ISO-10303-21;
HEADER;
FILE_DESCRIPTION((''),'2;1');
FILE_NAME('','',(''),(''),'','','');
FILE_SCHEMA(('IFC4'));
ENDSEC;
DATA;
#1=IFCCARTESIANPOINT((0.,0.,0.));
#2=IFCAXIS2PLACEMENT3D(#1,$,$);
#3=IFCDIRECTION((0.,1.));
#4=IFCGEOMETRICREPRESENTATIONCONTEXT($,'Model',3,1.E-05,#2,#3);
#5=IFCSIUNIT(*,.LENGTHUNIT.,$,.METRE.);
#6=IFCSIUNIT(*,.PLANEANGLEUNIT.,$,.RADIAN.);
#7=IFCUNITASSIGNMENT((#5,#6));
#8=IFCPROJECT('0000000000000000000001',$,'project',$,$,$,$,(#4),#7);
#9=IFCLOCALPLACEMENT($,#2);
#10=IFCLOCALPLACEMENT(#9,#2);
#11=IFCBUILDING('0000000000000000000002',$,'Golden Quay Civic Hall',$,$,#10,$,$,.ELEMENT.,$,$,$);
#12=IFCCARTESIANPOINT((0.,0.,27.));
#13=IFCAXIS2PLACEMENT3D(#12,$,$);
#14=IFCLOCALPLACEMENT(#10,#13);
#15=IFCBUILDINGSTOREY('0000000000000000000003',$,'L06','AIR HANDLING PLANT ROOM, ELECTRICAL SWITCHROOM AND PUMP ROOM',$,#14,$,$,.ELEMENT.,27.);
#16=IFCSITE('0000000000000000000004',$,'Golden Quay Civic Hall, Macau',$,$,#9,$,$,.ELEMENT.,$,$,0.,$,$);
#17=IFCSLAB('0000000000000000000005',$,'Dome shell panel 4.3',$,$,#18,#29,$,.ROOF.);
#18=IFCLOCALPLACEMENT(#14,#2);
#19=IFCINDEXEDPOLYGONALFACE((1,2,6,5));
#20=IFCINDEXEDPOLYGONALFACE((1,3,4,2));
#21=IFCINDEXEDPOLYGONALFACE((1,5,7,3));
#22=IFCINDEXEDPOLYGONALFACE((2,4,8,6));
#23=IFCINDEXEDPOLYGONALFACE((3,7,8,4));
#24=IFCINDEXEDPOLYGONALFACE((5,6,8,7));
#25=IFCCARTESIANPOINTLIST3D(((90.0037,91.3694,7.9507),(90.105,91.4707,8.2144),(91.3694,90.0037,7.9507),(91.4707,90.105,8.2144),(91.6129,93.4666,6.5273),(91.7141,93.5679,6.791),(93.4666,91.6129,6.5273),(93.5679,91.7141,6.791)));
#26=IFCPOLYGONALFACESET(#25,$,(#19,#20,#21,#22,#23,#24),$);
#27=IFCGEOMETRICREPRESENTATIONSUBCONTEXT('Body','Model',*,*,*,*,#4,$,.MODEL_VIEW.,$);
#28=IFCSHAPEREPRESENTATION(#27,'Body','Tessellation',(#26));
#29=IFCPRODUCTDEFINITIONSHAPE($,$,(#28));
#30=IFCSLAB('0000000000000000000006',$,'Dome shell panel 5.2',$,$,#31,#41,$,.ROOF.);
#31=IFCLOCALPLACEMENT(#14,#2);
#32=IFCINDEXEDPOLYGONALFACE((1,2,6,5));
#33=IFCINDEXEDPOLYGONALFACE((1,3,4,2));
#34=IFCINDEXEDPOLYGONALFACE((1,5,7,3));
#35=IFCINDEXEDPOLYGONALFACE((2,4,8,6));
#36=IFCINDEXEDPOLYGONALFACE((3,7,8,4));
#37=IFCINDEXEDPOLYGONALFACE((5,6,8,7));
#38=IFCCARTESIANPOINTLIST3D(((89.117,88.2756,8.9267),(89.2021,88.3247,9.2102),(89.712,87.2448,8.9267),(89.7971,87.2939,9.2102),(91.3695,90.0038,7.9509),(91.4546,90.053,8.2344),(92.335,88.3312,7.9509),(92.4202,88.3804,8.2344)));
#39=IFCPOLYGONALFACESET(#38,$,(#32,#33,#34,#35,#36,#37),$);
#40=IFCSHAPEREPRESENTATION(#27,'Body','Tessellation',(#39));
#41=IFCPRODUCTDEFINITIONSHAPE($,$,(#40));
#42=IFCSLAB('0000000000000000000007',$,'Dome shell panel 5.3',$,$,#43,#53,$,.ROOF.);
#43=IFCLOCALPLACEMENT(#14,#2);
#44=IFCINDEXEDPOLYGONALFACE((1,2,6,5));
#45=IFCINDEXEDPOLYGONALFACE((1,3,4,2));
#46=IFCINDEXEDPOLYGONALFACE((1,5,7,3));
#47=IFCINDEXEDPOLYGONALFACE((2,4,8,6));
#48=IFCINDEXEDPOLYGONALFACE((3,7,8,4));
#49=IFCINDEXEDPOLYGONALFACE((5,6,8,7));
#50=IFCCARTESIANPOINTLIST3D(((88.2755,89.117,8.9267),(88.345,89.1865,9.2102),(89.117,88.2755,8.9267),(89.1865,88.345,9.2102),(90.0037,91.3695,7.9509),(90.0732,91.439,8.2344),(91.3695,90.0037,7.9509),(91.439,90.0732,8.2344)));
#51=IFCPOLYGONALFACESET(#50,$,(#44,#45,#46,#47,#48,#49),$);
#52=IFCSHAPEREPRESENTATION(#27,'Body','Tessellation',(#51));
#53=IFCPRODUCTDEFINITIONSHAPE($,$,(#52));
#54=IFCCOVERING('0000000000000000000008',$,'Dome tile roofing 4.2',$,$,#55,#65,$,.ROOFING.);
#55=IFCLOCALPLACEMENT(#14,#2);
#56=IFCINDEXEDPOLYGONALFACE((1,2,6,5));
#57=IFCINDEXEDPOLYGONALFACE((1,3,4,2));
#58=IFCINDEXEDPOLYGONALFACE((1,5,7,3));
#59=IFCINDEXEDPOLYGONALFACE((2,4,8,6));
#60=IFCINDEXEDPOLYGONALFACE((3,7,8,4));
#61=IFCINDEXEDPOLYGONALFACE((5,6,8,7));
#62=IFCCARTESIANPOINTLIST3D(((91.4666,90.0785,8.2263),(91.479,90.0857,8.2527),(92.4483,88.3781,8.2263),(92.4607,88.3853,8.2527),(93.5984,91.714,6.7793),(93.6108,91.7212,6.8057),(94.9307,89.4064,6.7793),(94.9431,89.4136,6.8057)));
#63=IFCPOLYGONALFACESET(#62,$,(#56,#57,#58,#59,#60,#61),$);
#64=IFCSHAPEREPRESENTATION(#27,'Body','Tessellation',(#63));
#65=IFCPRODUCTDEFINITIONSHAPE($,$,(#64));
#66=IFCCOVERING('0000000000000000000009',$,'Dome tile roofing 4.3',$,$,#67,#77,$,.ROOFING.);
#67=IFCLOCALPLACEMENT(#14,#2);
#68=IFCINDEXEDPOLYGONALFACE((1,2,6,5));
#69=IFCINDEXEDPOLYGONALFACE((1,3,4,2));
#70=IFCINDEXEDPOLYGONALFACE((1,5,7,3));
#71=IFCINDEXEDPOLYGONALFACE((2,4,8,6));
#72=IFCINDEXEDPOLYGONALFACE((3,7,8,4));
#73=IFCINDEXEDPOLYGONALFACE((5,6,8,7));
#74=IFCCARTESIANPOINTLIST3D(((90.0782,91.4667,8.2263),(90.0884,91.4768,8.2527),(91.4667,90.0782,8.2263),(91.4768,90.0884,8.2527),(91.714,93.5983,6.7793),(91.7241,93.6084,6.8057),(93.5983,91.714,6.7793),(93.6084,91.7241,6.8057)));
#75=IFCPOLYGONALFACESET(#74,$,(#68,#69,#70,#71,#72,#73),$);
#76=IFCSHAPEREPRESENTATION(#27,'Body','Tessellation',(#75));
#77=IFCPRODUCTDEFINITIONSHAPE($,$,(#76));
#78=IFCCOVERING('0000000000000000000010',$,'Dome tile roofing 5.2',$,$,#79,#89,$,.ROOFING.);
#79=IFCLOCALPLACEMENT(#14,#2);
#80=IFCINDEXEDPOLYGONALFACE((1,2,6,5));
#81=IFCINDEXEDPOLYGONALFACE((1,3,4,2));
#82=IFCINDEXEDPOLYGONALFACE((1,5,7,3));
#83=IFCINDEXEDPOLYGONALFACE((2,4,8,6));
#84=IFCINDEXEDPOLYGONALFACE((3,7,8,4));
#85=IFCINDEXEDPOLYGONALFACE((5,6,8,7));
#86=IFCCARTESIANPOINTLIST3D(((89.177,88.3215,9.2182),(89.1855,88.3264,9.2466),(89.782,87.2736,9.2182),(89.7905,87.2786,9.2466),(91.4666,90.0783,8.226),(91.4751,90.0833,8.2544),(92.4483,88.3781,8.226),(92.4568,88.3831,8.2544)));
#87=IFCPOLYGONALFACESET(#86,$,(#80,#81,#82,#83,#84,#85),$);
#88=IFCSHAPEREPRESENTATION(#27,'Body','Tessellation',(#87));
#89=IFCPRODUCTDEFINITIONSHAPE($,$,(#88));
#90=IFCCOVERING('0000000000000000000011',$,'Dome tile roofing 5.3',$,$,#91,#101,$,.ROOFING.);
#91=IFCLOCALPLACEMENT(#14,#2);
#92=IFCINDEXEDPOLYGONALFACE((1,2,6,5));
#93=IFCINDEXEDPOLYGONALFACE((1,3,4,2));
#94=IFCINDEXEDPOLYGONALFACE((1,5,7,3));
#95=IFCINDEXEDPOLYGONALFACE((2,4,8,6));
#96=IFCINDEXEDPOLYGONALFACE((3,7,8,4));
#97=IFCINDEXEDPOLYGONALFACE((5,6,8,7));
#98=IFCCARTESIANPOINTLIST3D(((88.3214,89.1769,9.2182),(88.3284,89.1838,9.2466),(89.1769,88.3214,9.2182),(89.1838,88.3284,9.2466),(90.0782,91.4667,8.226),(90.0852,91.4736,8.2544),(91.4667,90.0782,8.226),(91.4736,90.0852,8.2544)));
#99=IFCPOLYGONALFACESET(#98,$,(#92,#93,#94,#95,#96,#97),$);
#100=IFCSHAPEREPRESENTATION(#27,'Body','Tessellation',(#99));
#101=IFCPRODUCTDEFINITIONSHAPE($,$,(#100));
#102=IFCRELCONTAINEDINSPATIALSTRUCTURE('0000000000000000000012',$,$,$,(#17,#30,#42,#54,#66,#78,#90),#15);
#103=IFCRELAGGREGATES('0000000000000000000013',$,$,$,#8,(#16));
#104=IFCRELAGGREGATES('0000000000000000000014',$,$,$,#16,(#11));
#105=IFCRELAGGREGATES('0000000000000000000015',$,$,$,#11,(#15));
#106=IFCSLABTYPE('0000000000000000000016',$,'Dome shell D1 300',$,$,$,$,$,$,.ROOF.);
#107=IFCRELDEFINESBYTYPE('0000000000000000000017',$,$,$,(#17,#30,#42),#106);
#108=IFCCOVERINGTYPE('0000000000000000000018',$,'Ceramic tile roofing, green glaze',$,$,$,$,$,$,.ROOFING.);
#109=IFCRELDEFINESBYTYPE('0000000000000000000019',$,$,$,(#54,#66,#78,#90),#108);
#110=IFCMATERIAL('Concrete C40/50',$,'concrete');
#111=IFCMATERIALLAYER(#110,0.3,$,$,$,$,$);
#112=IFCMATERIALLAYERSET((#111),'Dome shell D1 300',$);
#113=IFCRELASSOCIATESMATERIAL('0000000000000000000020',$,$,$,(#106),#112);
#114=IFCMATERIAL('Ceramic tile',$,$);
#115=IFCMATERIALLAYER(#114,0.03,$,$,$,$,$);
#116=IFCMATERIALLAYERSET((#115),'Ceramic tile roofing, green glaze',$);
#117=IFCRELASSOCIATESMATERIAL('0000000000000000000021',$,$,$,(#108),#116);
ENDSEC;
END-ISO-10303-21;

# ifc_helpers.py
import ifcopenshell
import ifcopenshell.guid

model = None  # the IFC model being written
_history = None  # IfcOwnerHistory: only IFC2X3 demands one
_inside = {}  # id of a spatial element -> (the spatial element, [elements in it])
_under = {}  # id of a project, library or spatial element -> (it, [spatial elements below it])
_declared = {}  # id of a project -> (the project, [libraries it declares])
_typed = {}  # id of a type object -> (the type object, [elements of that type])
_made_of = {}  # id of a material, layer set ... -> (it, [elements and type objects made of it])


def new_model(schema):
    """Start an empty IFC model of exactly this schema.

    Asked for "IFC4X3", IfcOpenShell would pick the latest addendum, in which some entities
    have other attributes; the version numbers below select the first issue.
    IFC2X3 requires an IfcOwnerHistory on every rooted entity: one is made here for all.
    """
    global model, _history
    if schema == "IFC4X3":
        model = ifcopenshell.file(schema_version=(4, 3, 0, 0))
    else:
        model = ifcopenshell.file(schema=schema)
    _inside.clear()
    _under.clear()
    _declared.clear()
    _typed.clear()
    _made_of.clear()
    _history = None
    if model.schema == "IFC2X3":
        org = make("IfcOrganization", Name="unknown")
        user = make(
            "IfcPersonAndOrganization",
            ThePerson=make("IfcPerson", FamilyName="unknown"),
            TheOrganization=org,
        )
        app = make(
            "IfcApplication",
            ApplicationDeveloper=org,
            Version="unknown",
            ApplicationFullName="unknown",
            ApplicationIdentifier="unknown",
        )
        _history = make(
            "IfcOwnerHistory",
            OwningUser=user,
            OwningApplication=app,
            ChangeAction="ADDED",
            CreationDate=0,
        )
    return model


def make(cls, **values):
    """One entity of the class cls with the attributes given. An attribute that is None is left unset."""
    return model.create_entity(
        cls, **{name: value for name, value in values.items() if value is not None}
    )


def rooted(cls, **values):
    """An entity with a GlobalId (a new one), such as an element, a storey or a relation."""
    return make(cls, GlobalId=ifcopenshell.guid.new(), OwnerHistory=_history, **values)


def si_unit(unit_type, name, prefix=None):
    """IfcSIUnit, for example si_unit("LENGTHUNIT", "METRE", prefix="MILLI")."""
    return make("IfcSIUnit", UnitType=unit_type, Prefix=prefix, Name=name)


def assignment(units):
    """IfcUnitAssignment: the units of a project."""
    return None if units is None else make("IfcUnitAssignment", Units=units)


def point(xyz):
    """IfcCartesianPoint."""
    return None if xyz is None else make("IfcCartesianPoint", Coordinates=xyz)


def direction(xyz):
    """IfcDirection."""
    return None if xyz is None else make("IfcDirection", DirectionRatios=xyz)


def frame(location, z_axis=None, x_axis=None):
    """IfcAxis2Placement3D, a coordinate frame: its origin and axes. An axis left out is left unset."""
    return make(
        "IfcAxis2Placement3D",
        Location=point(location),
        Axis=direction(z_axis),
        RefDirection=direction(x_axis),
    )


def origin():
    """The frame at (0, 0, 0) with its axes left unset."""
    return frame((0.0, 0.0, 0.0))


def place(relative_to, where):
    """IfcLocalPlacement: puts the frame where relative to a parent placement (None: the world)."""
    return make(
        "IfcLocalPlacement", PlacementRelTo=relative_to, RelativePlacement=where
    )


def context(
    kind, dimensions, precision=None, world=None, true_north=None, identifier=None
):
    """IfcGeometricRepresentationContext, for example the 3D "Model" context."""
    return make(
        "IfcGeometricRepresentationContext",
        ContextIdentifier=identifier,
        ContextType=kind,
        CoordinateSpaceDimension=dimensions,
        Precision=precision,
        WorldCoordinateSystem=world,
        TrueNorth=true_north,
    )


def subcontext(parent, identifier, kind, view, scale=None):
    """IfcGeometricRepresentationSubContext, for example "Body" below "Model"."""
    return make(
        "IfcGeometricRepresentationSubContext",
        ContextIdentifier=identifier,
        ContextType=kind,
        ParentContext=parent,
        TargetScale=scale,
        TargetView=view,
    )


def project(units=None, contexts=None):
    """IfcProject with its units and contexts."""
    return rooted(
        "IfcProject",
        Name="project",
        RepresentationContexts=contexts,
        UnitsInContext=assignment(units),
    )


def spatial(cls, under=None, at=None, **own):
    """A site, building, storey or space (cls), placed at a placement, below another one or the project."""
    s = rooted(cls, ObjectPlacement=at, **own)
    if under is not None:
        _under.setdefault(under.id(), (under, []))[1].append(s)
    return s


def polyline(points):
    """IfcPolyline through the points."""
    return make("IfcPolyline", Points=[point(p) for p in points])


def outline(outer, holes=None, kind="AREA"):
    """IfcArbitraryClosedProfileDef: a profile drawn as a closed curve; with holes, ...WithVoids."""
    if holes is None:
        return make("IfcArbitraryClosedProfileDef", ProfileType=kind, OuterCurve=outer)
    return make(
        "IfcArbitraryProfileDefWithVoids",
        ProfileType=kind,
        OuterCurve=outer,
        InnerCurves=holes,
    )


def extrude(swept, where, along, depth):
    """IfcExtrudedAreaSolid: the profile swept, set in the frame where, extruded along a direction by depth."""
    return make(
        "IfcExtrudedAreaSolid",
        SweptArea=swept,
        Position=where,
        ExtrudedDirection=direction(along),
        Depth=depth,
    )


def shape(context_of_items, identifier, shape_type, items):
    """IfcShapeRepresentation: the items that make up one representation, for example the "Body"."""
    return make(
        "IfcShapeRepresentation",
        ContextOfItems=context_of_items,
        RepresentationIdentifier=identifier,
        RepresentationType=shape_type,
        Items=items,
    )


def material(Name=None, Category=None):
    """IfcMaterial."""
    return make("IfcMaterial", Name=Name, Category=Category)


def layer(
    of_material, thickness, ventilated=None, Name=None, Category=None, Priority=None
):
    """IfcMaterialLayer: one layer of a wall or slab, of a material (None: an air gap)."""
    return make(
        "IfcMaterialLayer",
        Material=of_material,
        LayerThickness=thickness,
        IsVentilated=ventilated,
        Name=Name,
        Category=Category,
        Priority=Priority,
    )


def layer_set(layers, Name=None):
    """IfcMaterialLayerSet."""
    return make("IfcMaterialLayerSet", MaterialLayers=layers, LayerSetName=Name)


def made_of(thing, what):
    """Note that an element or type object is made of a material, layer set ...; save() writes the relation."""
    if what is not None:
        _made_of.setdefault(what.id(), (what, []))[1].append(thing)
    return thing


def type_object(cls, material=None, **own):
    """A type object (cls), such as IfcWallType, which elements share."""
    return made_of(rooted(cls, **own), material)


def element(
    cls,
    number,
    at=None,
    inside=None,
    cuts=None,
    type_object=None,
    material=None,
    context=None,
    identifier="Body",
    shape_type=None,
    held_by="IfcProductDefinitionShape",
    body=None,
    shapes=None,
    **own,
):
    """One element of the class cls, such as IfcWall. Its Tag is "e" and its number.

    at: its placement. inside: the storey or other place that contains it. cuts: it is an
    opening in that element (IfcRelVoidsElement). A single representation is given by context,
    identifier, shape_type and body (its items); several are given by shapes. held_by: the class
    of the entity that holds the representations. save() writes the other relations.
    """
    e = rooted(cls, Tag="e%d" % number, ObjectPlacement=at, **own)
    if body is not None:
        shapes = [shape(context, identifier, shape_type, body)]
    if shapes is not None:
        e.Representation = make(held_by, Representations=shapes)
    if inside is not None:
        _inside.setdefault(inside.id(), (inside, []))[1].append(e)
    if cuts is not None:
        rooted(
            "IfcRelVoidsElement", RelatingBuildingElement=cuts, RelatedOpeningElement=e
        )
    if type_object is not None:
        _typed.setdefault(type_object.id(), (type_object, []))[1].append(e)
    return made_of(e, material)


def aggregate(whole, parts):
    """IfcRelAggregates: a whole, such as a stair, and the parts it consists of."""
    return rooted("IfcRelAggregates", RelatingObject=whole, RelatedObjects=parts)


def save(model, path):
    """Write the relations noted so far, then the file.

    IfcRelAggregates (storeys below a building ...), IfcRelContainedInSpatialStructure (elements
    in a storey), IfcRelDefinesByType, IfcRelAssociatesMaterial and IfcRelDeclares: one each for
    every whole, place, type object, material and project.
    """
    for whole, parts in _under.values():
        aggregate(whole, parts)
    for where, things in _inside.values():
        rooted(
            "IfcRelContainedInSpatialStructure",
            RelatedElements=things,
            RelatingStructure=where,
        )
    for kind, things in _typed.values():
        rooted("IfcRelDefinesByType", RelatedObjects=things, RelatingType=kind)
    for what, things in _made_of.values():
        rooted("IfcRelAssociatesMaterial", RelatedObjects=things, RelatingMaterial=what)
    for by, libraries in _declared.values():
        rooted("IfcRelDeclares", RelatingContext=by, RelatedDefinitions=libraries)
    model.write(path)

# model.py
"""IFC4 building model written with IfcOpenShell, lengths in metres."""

from ifc_helpers import new_model, si_unit, direction, frame, origin, place, context, subcontext, project, spatial, polyline, outline, extrude, material, layer, layer_set, type_object, element, save


model = new_model("IFC4")

# Units and contexts
model_context = context("Model", 3, precision=1e-05, world=origin(), true_north=direction((0.0, 1.0)))
body_context = subcontext(model_context, "Body", "Model", "MODEL_VIEW")
ifc_project = project(units=[si_unit("LENGTHUNIT", "METRE"), si_unit("PLANEANGLEUNIT", "RADIAN")], contexts=[model_context])

# Site, building, storey
site_placement = place(None, origin())
site = spatial("IfcSite", under=ifc_project, at=site_placement, Name="Golden Quay Civic Hall, Macau", CompositionType="ELEMENT", RefElevation=0.0)
building_placement = place(site_placement, origin())
building = spatial("IfcBuilding", under=site, at=building_placement, Name="Golden Quay Civic Hall", CompositionType="ELEMENT")
storey_placement = place(building_placement, frame((0.0, 0.0, 27.0)))
storey = spatial("IfcBuildingStorey", under=building, at=storey_placement, Name="L06", Description="AIR HANDLING PLANT ROOM, ELECTRICAL SWITCHROOM AND PUMP ROOM", CompositionType="ELEMENT", Elevation=27.0)

# Slabs
ifc_material_1 = material(Name="Concrete C40/50", Category="concrete")
ifc_layer_1 = layer(ifc_material_1, 0.3)
ifc_layer_set_1 = layer_set([ifc_layer_1], Name="Dome shell D1 300")
slab_type = type_object("IfcSlabType", Name="Dome shell D1 300", PredefinedType="ROOF", material=ifc_layer_set_1)
slab_1_placement = place(storey_placement, frame((93.5679, 91.7141, 6.791), z_axis=(0.337473, 0.337473, 0.878762), x_axis=(-0.707107, 0.707107, 0.0)))
element("IfcSlab", 1, at=slab_1_placement, inside=storey, type_object=slab_type, Name="Dome shell panel 4.3", PredefinedType="ROOF", context=body_context, shape_type="SweptSolid", body=[
    extrude(outline(polyline([(0.0, 0.0), (2.6216, 0.0), (2.2765, 2.9823), (0.3451, 2.9823), (0.0, 0.0)])), origin(), (0.0, 0.0, -1.0), 0.3),
])
slab_2_placement = place(storey_placement, frame((92.4202, 88.3804, 8.2344), z_axis=(0.283678, 0.163756, 0.944834), x_axis=(-0.499958, 0.86605, 0.000006)))
element("IfcSlab", 2, at=slab_2_placement, inside=storey, type_object=slab_type, Name="Dome shell panel 5.2", PredefinedType="ROOF", context=body_context, shape_type="SweptSolid", body=[
    extrude(outline(polyline([(0.0, 0.0), (1.9313, 0.0), (1.5607, 2.9791), (0.3705, 2.9792), (0.0, 0.0)])), origin(), (0.0, 0.0, -1.0), 0.3),
])
slab_3_placement = place(storey_placement, frame((91.439, 90.0732, 8.2344), z_axis=(0.231616, 0.231616, 0.944832), x_axis=(-0.707107, 0.707107, 0.0)))
element("IfcSlab", 3, at=slab_3_placement, inside=storey, type_object=slab_type, Name="Dome shell panel 5.3", PredefinedType="ROOF", context=body_context, shape_type="SweptSolid", body=[
    extrude(outline(polyline([(0.0, 0.0), (1.9314, 0.0), (1.5608, 2.9791), (0.3706, 2.9791), (0.0, 0.0)])), origin(), (0.0, 0.0, -1.0), 0.3),
])

# Coverings
ifc_material_2 = material(Name="Ceramic tile")
ifc_layer_2 = layer(ifc_material_2, 0.03)
ifc_layer_set_2 = layer_set([ifc_layer_2], Name="Ceramic tile roofing, green glaze")
covering_type = type_object("IfcCoveringType", Name="Ceramic tile roofing, green glaze", PredefinedType="ROOFING", material=ifc_layer_set_2)
covering_1_placement = place(storey_placement, frame((94.9431, 89.4136, 6.8057), z_axis=(0.413367, 0.238648, 0.878735), x_axis=(-0.499991, 0.866031, 0.000003)))
element("IfcCovering", 4, at=covering_1_placement, inside=storey, type_object=covering_type, Name="Dome tile roofing 4.2", PredefinedType="ROOFING", context=body_context, shape_type="SweptSolid", body=[
    extrude(outline(polyline([(0.0, 0.0), (2.6646, 0.0), (2.3141, 3.0316), (0.3506, 3.0316), (0.0, 0.0)])), origin(), (0.0, 0.0, -1.0), 0.03),
])
covering_2_placement = place(storey_placement, frame((93.6084, 91.7241, 6.8057), z_axis=(0.337517, 0.337517, 0.878729), x_axis=(-0.707107, 0.707107, 0.0)))
element("IfcCovering", 5, at=covering_2_placement, inside=storey, type_object=covering_type, Name="Dome tile roofing 4.3", PredefinedType="ROOFING", context=body_context, shape_type="SweptSolid", body=[
    extrude(outline(polyline([(0.0, 0.0), (2.6648, 0.0), (2.3142, 3.0315), (0.3506, 3.0315), (0.0, 0.0)])), origin(), (0.0, 0.0, -1.0), 0.03),
])
covering_3_placement = place(storey_placement, frame((92.4568, 88.3831, 8.2544), z_axis=(0.283729, 0.16382, 0.944807), x_axis=(-0.50003, 0.866008, 0.000004)))
element("IfcCovering", 6, at=covering_3_placement, inside=storey, type_object=covering_type, Name="Dome tile roofing 5.2", PredefinedType="ROOFING", context=body_context, shape_type="SweptSolid", body=[
    extrude(outline(polyline([(0.0, 0.0), (1.9633, 0.0), (1.5867, 3.0284), (0.3767, 3.0284), (0.0, 0.0)])), origin(), (0.0, 0.0, -1.0), 0.03),
])
covering_4_placement = place(storey_placement, frame((91.4736, 90.0852, 8.2544), z_axis=(0.231657, 0.231657, 0.944812), x_axis=(-0.707107, 0.707107, 0.0)))
element("IfcCovering", 7, at=covering_4_placement, inside=storey, type_object=covering_type, Name="Dome tile roofing 5.3", PredefinedType="ROOFING", context=body_context, shape_type="SweptSolid", body=[
    extrude(outline(polyline([(0.0, 0.0), (1.9635, 0.0), (1.5867, 3.0285), (0.3769, 3.0285), (0.0, 0.0)])), origin(), (0.0, 0.0, -1.0), 0.03),
])

save(model, "model.ifc")
